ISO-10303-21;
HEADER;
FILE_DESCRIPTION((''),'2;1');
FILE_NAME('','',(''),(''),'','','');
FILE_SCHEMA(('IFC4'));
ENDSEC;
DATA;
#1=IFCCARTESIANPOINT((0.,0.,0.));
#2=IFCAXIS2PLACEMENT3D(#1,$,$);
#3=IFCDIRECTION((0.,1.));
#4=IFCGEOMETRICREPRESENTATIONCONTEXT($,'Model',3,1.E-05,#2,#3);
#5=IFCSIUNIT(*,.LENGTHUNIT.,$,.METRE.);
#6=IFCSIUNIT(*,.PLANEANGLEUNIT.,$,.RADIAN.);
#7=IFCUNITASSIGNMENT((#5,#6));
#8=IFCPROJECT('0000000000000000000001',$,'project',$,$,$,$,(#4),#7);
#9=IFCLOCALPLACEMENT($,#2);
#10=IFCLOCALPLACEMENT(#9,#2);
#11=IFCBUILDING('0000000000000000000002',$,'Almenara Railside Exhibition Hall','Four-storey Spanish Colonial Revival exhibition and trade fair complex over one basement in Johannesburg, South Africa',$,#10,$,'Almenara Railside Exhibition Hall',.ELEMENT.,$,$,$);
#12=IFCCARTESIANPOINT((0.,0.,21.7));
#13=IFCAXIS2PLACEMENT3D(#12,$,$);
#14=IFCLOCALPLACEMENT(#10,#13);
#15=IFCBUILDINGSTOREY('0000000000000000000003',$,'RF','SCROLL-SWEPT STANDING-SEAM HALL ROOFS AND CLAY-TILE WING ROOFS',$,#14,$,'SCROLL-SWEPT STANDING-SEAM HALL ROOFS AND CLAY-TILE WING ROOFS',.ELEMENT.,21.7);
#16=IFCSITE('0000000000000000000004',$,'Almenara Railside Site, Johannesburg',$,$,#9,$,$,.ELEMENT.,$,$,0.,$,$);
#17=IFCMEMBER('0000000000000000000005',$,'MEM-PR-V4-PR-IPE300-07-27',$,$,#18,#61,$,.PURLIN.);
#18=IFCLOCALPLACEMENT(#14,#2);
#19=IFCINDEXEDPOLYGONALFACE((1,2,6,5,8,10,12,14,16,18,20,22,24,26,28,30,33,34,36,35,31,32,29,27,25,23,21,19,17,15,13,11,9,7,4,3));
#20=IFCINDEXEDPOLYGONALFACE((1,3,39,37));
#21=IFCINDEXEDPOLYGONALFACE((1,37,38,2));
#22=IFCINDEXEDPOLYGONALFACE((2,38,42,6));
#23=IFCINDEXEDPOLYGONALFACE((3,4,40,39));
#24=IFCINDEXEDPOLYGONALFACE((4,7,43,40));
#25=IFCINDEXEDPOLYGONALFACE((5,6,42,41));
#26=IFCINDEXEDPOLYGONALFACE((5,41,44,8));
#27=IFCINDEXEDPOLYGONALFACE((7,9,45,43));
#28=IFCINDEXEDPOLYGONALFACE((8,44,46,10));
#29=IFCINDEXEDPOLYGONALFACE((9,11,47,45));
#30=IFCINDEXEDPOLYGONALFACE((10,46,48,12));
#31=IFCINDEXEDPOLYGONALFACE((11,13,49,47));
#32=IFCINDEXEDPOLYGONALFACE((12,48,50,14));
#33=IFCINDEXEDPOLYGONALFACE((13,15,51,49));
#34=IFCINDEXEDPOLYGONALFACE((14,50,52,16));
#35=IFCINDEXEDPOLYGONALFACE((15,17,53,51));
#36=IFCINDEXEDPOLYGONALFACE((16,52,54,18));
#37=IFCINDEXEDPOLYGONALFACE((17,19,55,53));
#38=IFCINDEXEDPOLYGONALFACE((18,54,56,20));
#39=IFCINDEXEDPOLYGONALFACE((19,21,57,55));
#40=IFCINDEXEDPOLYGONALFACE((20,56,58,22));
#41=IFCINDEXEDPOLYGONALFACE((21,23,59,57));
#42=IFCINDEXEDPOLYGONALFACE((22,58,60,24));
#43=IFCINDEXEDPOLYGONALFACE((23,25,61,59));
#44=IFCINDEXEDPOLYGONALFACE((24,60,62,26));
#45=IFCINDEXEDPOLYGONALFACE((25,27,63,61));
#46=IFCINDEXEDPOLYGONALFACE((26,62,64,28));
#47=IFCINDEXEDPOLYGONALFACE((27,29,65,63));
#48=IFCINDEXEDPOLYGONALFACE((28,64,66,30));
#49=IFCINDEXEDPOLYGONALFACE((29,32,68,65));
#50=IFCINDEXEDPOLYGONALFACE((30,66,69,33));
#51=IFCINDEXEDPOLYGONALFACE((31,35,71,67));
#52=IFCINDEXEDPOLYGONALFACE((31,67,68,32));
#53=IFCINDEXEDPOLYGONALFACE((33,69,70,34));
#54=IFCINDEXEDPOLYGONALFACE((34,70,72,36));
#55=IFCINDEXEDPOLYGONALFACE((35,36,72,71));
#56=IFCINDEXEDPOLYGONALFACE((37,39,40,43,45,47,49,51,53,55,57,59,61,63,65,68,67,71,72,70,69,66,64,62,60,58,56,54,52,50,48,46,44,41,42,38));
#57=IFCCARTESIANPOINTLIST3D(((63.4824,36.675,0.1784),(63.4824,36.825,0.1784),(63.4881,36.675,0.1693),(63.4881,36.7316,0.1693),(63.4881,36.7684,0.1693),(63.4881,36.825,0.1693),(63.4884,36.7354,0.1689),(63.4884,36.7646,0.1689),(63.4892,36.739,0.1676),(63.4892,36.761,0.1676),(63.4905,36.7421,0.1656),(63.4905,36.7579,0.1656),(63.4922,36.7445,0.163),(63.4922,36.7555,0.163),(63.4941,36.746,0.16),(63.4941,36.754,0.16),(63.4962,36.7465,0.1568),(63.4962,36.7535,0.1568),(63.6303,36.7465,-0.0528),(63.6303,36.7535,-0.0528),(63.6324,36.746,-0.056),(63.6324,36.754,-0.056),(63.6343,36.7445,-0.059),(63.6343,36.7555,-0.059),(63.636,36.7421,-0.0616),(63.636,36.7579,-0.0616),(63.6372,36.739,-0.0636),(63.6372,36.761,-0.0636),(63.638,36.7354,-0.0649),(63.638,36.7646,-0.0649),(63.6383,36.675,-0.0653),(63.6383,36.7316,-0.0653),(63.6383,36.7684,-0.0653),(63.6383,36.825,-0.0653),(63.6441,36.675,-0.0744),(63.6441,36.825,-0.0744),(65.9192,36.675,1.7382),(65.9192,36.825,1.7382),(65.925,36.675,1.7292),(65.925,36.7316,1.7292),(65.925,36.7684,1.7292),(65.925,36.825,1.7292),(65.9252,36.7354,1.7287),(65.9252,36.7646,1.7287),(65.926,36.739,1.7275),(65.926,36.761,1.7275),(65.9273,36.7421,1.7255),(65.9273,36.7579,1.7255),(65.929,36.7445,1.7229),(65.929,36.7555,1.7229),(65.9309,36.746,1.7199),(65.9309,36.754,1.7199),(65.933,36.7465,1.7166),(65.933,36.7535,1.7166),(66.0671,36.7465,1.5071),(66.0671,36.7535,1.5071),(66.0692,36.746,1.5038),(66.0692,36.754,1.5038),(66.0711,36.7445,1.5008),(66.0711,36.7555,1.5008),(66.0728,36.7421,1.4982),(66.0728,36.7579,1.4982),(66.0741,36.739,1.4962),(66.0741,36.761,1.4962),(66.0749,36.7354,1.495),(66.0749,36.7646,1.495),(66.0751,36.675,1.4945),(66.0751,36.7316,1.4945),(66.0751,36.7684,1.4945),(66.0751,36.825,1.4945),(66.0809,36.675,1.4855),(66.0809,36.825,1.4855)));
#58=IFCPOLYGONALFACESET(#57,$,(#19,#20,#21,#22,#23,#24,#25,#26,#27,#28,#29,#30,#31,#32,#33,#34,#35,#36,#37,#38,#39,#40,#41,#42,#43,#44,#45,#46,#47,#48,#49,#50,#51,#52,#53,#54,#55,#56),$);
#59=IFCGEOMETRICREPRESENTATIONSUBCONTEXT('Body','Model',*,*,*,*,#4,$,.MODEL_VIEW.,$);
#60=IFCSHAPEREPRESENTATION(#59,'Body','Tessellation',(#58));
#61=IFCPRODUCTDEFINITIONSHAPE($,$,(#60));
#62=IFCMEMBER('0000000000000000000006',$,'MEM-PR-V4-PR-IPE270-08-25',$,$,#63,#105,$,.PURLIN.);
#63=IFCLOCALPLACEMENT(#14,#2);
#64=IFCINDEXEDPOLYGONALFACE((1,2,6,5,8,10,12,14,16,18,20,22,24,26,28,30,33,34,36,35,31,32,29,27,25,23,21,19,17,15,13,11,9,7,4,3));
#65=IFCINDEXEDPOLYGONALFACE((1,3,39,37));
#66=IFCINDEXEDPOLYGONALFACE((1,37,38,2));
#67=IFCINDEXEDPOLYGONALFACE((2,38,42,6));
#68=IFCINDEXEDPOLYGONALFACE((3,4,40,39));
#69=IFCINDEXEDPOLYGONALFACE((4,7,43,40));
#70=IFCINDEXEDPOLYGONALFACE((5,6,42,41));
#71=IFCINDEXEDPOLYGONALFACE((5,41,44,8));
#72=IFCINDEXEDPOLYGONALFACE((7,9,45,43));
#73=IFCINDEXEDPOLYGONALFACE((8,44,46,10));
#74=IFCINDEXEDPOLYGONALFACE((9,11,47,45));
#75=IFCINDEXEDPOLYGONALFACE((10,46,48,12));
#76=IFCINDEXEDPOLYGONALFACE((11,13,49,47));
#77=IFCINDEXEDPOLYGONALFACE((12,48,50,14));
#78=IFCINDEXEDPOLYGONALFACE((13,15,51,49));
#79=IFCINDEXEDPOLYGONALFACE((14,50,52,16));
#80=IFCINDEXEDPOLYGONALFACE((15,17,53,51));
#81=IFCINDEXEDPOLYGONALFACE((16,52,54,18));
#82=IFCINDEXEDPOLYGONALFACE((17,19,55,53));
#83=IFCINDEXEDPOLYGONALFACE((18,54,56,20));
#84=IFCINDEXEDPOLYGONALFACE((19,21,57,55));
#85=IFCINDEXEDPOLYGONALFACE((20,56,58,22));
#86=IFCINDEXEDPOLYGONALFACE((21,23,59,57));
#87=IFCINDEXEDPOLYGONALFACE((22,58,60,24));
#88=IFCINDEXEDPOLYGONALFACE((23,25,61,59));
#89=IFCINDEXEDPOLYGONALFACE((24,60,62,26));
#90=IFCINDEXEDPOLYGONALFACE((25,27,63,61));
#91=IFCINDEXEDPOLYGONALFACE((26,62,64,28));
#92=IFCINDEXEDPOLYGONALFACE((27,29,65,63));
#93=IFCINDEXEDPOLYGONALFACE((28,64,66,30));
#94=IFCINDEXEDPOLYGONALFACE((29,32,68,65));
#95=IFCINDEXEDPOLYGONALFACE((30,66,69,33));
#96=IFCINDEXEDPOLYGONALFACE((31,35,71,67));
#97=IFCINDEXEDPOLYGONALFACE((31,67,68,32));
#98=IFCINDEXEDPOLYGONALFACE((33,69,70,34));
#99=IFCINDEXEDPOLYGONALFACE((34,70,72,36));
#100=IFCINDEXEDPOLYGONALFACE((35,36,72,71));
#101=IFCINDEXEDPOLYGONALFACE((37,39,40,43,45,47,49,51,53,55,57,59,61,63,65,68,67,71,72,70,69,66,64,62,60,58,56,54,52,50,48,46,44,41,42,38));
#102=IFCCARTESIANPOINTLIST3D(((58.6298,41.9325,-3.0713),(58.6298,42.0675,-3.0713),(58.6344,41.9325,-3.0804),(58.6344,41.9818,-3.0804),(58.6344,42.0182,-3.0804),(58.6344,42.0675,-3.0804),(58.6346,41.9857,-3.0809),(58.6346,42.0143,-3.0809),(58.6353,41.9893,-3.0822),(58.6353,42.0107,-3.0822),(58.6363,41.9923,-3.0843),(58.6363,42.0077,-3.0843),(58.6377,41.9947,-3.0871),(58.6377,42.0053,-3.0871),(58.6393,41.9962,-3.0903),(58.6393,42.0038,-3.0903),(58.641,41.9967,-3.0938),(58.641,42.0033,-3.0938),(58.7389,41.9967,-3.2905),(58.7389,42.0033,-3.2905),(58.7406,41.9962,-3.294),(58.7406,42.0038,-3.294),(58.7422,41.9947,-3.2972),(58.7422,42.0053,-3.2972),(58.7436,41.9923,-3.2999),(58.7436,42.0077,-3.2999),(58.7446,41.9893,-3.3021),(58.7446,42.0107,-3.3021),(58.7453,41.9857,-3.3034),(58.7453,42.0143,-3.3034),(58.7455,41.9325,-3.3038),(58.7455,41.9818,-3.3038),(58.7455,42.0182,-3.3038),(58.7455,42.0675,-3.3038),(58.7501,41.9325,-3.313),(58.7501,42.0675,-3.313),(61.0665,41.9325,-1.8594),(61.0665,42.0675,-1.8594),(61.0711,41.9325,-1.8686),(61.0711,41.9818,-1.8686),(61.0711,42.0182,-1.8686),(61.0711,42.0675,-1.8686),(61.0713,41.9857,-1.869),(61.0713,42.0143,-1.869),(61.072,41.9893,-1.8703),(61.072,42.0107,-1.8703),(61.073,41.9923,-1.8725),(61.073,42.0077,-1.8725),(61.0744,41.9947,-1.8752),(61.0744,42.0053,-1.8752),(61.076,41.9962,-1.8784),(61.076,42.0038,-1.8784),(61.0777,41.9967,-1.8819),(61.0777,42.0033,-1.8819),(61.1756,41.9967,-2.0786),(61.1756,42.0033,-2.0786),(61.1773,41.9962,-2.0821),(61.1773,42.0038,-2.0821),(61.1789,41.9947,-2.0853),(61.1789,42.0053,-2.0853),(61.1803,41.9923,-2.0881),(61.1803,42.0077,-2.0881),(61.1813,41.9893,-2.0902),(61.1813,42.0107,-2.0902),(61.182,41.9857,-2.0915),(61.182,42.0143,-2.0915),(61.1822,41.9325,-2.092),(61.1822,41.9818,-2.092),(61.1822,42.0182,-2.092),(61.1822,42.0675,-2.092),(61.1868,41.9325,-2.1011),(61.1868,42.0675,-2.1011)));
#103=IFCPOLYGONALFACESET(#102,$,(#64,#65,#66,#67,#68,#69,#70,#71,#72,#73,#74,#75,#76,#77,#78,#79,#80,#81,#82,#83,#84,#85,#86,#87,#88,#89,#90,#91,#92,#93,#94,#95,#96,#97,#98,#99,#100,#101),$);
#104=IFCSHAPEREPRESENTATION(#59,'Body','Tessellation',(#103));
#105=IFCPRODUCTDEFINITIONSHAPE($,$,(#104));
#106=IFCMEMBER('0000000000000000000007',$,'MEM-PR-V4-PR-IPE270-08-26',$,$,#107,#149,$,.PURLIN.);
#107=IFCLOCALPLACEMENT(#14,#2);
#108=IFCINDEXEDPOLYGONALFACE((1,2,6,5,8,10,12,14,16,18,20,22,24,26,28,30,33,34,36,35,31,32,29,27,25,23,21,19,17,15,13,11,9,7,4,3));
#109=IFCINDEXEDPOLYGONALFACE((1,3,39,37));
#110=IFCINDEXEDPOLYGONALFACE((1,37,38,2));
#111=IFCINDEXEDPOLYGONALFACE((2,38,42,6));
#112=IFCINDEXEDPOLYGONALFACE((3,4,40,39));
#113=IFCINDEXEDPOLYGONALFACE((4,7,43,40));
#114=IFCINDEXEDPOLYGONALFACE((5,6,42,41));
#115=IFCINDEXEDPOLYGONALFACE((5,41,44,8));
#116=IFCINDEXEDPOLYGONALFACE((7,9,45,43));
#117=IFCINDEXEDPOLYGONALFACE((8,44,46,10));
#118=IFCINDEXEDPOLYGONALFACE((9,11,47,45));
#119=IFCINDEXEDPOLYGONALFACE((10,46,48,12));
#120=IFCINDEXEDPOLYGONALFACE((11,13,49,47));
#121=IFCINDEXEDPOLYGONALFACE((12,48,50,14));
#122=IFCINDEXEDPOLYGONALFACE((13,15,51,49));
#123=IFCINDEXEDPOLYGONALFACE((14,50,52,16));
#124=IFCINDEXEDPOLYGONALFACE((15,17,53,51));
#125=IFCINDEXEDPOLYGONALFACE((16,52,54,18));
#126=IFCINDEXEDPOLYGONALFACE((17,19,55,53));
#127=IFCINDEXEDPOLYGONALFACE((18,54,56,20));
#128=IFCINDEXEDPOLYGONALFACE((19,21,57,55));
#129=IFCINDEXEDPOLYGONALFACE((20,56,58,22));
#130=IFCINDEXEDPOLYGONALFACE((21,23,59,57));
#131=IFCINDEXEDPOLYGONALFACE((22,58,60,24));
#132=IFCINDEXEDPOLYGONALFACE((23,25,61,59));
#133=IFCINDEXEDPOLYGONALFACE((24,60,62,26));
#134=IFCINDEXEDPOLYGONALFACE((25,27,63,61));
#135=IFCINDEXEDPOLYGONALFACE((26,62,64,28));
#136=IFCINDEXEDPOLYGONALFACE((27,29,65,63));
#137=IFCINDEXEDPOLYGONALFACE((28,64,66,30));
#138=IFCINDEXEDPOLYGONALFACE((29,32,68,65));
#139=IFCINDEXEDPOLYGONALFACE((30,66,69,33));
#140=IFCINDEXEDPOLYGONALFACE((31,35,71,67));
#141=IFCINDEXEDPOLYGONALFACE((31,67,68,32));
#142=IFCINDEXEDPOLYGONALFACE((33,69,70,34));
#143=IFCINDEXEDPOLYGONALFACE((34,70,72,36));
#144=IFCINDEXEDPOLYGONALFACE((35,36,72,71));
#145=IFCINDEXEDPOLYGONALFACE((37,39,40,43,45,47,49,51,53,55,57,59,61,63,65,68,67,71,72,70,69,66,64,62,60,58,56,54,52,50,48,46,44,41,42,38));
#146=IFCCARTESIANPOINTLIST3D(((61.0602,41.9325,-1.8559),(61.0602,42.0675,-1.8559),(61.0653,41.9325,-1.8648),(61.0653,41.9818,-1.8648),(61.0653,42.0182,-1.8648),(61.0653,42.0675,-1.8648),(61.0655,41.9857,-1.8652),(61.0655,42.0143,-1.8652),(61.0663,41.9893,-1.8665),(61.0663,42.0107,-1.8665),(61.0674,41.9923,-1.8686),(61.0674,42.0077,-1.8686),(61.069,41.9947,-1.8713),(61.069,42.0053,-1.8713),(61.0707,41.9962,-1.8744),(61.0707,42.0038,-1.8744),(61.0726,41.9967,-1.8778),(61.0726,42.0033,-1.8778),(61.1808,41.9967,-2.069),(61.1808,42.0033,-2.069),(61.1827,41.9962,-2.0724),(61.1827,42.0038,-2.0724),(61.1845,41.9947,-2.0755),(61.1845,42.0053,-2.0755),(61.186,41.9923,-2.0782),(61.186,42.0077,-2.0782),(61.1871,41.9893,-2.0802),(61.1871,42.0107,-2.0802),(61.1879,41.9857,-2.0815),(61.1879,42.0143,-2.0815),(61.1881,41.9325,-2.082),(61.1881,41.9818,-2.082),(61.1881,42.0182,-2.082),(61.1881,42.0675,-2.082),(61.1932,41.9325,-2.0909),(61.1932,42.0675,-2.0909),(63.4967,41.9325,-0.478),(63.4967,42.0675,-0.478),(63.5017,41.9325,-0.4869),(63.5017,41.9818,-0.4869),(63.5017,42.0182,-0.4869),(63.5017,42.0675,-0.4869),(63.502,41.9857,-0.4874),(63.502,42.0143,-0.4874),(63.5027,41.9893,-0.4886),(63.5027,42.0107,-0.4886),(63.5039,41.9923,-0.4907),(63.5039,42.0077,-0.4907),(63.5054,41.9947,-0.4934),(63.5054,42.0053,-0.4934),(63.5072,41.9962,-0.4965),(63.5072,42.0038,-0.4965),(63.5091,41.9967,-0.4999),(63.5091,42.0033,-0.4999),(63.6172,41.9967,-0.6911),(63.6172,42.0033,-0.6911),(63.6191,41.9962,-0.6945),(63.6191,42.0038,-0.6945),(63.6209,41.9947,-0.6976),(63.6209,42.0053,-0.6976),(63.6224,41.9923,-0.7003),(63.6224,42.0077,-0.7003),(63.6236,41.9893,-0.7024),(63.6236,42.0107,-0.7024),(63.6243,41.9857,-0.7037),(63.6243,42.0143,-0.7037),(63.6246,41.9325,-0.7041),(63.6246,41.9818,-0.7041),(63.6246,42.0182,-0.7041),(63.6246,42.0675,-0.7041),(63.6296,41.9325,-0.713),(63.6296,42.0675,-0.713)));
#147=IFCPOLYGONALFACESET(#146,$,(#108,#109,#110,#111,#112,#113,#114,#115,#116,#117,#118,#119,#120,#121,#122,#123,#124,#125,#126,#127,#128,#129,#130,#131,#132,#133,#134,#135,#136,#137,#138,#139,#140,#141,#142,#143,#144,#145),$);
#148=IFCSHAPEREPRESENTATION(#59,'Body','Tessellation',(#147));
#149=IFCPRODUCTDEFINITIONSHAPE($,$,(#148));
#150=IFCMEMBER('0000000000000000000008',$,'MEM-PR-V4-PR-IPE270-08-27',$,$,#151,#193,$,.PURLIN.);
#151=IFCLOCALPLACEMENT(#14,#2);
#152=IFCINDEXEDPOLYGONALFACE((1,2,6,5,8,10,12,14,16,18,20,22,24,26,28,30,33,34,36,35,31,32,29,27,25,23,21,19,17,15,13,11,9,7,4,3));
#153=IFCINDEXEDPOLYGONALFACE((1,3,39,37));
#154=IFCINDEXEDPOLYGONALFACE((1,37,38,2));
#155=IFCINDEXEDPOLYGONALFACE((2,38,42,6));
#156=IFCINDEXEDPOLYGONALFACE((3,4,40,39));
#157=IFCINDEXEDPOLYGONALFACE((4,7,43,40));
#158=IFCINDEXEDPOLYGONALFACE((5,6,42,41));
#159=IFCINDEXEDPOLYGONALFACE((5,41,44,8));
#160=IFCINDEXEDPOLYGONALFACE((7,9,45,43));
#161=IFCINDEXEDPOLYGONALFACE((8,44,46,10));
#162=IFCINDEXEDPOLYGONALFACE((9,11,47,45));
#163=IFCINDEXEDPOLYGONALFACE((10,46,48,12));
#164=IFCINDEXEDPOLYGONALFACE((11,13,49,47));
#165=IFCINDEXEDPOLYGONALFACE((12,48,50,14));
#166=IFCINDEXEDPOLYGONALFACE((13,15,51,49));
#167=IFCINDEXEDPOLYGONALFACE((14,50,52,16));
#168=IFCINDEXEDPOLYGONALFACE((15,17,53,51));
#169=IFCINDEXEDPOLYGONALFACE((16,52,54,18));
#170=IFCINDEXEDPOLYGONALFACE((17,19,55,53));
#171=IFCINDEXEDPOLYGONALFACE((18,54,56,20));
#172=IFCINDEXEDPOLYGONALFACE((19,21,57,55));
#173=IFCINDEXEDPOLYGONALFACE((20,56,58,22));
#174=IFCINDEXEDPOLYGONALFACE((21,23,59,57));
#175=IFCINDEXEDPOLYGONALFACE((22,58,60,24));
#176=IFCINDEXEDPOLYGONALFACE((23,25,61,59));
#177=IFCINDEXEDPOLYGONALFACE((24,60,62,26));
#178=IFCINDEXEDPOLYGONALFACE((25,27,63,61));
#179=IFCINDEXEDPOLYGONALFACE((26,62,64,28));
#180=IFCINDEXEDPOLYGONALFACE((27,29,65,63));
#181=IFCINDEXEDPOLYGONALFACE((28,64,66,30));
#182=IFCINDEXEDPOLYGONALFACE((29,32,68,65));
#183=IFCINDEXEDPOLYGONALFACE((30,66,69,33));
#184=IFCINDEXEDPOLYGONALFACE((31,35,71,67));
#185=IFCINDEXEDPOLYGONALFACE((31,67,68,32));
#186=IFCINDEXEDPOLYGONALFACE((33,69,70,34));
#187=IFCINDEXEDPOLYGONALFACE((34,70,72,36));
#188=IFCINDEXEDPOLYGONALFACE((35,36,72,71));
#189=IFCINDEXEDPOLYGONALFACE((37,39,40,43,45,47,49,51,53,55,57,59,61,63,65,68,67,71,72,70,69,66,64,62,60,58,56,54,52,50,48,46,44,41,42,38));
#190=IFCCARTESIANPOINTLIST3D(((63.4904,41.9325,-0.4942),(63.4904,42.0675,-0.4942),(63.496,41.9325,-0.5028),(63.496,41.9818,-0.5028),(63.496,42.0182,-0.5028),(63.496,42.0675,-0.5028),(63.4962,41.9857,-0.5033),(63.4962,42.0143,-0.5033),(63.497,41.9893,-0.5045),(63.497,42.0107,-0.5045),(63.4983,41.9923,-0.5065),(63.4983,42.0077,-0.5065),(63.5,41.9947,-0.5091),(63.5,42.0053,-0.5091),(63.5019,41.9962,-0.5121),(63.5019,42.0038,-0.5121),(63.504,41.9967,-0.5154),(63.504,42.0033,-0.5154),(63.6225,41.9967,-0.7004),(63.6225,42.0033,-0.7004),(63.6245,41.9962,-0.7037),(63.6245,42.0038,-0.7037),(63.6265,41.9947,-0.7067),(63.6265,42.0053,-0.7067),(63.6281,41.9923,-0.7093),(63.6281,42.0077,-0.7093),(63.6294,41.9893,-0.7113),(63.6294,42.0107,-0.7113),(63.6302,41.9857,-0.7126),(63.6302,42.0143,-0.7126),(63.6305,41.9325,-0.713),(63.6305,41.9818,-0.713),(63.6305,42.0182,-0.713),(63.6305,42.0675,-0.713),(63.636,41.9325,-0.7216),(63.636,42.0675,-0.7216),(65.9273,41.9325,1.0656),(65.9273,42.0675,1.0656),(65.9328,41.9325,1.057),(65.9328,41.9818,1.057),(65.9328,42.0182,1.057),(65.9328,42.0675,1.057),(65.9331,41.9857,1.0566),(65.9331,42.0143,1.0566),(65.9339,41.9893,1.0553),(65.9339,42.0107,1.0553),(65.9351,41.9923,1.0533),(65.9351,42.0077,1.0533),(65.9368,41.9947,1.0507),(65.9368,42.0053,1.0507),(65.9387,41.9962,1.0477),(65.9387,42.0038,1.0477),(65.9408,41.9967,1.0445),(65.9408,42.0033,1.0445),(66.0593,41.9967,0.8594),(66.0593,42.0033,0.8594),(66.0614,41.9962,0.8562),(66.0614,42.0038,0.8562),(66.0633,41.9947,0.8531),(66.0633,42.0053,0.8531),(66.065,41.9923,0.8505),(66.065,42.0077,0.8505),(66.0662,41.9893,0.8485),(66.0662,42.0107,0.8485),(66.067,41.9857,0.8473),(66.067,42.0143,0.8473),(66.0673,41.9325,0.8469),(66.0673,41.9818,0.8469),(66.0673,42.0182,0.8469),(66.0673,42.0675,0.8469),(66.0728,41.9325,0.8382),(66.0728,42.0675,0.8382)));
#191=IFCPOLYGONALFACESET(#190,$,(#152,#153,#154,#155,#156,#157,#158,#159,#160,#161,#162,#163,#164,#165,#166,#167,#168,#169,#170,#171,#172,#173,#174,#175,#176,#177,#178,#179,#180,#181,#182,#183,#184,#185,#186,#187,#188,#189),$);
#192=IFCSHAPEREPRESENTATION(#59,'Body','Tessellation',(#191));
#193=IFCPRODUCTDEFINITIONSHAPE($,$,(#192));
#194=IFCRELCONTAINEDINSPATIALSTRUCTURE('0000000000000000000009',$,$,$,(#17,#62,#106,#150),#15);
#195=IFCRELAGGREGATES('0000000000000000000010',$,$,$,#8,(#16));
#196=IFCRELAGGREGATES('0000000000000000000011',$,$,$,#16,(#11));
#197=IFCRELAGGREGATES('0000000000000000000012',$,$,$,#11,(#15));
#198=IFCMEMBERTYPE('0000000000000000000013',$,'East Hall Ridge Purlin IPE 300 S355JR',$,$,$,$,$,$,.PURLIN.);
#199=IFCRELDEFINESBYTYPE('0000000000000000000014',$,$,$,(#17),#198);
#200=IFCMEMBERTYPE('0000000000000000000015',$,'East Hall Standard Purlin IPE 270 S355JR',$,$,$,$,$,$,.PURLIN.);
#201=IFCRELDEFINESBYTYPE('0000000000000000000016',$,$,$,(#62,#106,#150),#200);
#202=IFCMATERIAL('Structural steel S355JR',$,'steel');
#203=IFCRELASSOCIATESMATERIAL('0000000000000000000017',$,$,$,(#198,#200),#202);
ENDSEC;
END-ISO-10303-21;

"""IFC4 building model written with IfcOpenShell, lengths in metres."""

from ifc_helpers import new_model, si_unit, direction, frame, origin, origin_2d, place, context, subcontext, project, spatial, i_section, extrude, material, material_profile, profile_set, type_object, element, save


model = new_model("IFC4")

# Units and contexts
model_context = context("Model", 3, precision=1e-05, world=origin(), true_north=direction((0.0, 1.0)))
body_context = subcontext(model_context, "Body", "Model", "MODEL_VIEW")
ifc_project = project(units=[si_unit("LENGTHUNIT", "METRE"), si_unit("PLANEANGLEUNIT", "RADIAN")], contexts=[model_context])

# Site, building, storey
site_placement = place(None, origin())
site = spatial("IfcSite", under=ifc_project, at=site_placement, Name="Almenara Railside Site, Johannesburg", CompositionType="ELEMENT", RefElevation=0.0)
building_placement = place(site_placement, origin())
building = spatial("IfcBuilding", under=site, at=building_placement, Name="Almenara Railside Exhibition Hall", Description="Four-storey Spanish Colonial Revival exhibition and trade fair complex over one basement in Johannesburg, South Africa", LongName="Almenara Railside Exhibition Hall", CompositionType="ELEMENT")
storey_placement = place(building_placement, frame((0.0, 0.0, 21.7)))
storey = spatial("IfcBuildingStorey", under=building, at=storey_placement, Name="RF", Description="SCROLL-SWEPT STANDING-SEAM HALL ROOFS AND CLAY-TILE WING ROOFS", LongName="SCROLL-SWEPT STANDING-SEAM HALL ROOFS AND CLAY-TILE WING ROOFS", CompositionType="ELEMENT", Elevation=21.7)

# Shared definitions
ifc_material_1 = material(Name="Structural steel S355JR", Category="steel")

# Members
ifc_material_profile_1 = material_profile(ifc_material_1, i_section(OverallWidth=0.1499, OverallDepth=0.3, WebThickness=0.0071, FlangeThickness=0.0107, FilletRadius=0.0149, at=origin_2d()), Name="IPE 300")
ifc_profile_set_1 = profile_set([ifc_material_profile_1], Name="Structural steel S355JR")
member_type_1 = type_object("IfcMemberType", Name="East Hall Ridge Purlin IPE 300 S355JR", PredefinedType="PURLIN", material=ifc_profile_set_1)
member_1_placement = place(storey_placement, frame((63.5632, 36.75, 0.052), z_axis=(0.842227, 0.0, 0.539123), x_axis=(0.0, 1.0, 0.0)))
element("IfcMember", 1, at=member_1_placement, inside=storey, type_object=member_type_1, Name="MEM-PR-V4-PR-IPE300-07-27", PredefinedType="PURLIN", context=body_context, shape_type="SweptSolid", body=[
    extrude(i_section(OverallWidth=0.1499, OverallDepth=0.3, WebThickness=0.0071, FlangeThickness=0.0107, FilletRadius=0.0149, at=origin_2d()), origin(), (0.0, 0.0, 1.0), 2.8933),
])
ifc_material_profile_2 = material_profile(ifc_material_1, i_section(OverallWidth=0.135, OverallDepth=0.27, WebThickness=0.0066, FlangeThickness=0.0103, FilletRadius=0.0149, at=origin_2d()), Name="IPE 270")
ifc_profile_set_2 = profile_set([ifc_material_profile_2], Name="Structural steel S355JR")
member_type_2 = type_object("IfcMemberType", Name="East Hall Standard Purlin IPE 270 S355JR", PredefinedType="PURLIN", material=ifc_profile_set_2)
member_2_placement = place(storey_placement, frame((58.6899, 42.0, -3.1921), z_axis=(0.895376, 0.0, 0.445311), x_axis=(0.0, 1.0, 0.0)))
element("IfcMember", 2, at=member_2_placement, inside=storey, type_object=member_type_2, Name="MEM-PR-V4-PR-IPE270-08-25", PredefinedType="PURLIN", context=body_context, shape_type="SweptSolid", body=[
    extrude(i_section(OverallWidth=0.135, OverallDepth=0.27, WebThickness=0.0066, FlangeThickness=0.0103, FilletRadius=0.0149, at=origin_2d()), origin(), (0.0, 0.0, 1.0), 2.7214),
])
member_3_placement = place(storey_placement, frame((61.1267, 42.0, -1.9734), z_axis=(0.870446, 0.0, 0.492264), x_axis=(0.0, 1.0, 0.0)))
element("IfcMember", 3, at=member_3_placement, inside=storey, type_object=member_type_2, Name="MEM-PR-V4-PR-IPE270-08-26", PredefinedType="PURLIN", context=body_context, shape_type="SweptSolid", body=[
    extrude(i_section(OverallWidth=0.135, OverallDepth=0.27, WebThickness=0.0066, FlangeThickness=0.0103, FilletRadius=0.0149, at=origin_2d()), origin(), (0.0, 0.0, 1.0), 2.7991),
])
member_4_placement = place(storey_placement, frame((63.5632, 42.0, -0.6079), z_axis=(0.842227, 0.0, 0.539123), x_axis=(0.0, 1.0, 0.0)))
element("IfcMember", 4, at=member_4_placement, inside=storey, type_object=member_type_2, Name="MEM-PR-V4-PR-IPE270-08-27", PredefinedType="PURLIN", context=body_context, shape_type="SweptSolid", body=[
    extrude(i_section(OverallWidth=0.135, OverallDepth=0.27, WebThickness=0.0066, FlangeThickness=0.0103, FilletRadius=0.0149, at=origin_2d()), origin(), (0.0, 0.0, 1.0), 2.8933),
])

save(model, "model.ifc")
